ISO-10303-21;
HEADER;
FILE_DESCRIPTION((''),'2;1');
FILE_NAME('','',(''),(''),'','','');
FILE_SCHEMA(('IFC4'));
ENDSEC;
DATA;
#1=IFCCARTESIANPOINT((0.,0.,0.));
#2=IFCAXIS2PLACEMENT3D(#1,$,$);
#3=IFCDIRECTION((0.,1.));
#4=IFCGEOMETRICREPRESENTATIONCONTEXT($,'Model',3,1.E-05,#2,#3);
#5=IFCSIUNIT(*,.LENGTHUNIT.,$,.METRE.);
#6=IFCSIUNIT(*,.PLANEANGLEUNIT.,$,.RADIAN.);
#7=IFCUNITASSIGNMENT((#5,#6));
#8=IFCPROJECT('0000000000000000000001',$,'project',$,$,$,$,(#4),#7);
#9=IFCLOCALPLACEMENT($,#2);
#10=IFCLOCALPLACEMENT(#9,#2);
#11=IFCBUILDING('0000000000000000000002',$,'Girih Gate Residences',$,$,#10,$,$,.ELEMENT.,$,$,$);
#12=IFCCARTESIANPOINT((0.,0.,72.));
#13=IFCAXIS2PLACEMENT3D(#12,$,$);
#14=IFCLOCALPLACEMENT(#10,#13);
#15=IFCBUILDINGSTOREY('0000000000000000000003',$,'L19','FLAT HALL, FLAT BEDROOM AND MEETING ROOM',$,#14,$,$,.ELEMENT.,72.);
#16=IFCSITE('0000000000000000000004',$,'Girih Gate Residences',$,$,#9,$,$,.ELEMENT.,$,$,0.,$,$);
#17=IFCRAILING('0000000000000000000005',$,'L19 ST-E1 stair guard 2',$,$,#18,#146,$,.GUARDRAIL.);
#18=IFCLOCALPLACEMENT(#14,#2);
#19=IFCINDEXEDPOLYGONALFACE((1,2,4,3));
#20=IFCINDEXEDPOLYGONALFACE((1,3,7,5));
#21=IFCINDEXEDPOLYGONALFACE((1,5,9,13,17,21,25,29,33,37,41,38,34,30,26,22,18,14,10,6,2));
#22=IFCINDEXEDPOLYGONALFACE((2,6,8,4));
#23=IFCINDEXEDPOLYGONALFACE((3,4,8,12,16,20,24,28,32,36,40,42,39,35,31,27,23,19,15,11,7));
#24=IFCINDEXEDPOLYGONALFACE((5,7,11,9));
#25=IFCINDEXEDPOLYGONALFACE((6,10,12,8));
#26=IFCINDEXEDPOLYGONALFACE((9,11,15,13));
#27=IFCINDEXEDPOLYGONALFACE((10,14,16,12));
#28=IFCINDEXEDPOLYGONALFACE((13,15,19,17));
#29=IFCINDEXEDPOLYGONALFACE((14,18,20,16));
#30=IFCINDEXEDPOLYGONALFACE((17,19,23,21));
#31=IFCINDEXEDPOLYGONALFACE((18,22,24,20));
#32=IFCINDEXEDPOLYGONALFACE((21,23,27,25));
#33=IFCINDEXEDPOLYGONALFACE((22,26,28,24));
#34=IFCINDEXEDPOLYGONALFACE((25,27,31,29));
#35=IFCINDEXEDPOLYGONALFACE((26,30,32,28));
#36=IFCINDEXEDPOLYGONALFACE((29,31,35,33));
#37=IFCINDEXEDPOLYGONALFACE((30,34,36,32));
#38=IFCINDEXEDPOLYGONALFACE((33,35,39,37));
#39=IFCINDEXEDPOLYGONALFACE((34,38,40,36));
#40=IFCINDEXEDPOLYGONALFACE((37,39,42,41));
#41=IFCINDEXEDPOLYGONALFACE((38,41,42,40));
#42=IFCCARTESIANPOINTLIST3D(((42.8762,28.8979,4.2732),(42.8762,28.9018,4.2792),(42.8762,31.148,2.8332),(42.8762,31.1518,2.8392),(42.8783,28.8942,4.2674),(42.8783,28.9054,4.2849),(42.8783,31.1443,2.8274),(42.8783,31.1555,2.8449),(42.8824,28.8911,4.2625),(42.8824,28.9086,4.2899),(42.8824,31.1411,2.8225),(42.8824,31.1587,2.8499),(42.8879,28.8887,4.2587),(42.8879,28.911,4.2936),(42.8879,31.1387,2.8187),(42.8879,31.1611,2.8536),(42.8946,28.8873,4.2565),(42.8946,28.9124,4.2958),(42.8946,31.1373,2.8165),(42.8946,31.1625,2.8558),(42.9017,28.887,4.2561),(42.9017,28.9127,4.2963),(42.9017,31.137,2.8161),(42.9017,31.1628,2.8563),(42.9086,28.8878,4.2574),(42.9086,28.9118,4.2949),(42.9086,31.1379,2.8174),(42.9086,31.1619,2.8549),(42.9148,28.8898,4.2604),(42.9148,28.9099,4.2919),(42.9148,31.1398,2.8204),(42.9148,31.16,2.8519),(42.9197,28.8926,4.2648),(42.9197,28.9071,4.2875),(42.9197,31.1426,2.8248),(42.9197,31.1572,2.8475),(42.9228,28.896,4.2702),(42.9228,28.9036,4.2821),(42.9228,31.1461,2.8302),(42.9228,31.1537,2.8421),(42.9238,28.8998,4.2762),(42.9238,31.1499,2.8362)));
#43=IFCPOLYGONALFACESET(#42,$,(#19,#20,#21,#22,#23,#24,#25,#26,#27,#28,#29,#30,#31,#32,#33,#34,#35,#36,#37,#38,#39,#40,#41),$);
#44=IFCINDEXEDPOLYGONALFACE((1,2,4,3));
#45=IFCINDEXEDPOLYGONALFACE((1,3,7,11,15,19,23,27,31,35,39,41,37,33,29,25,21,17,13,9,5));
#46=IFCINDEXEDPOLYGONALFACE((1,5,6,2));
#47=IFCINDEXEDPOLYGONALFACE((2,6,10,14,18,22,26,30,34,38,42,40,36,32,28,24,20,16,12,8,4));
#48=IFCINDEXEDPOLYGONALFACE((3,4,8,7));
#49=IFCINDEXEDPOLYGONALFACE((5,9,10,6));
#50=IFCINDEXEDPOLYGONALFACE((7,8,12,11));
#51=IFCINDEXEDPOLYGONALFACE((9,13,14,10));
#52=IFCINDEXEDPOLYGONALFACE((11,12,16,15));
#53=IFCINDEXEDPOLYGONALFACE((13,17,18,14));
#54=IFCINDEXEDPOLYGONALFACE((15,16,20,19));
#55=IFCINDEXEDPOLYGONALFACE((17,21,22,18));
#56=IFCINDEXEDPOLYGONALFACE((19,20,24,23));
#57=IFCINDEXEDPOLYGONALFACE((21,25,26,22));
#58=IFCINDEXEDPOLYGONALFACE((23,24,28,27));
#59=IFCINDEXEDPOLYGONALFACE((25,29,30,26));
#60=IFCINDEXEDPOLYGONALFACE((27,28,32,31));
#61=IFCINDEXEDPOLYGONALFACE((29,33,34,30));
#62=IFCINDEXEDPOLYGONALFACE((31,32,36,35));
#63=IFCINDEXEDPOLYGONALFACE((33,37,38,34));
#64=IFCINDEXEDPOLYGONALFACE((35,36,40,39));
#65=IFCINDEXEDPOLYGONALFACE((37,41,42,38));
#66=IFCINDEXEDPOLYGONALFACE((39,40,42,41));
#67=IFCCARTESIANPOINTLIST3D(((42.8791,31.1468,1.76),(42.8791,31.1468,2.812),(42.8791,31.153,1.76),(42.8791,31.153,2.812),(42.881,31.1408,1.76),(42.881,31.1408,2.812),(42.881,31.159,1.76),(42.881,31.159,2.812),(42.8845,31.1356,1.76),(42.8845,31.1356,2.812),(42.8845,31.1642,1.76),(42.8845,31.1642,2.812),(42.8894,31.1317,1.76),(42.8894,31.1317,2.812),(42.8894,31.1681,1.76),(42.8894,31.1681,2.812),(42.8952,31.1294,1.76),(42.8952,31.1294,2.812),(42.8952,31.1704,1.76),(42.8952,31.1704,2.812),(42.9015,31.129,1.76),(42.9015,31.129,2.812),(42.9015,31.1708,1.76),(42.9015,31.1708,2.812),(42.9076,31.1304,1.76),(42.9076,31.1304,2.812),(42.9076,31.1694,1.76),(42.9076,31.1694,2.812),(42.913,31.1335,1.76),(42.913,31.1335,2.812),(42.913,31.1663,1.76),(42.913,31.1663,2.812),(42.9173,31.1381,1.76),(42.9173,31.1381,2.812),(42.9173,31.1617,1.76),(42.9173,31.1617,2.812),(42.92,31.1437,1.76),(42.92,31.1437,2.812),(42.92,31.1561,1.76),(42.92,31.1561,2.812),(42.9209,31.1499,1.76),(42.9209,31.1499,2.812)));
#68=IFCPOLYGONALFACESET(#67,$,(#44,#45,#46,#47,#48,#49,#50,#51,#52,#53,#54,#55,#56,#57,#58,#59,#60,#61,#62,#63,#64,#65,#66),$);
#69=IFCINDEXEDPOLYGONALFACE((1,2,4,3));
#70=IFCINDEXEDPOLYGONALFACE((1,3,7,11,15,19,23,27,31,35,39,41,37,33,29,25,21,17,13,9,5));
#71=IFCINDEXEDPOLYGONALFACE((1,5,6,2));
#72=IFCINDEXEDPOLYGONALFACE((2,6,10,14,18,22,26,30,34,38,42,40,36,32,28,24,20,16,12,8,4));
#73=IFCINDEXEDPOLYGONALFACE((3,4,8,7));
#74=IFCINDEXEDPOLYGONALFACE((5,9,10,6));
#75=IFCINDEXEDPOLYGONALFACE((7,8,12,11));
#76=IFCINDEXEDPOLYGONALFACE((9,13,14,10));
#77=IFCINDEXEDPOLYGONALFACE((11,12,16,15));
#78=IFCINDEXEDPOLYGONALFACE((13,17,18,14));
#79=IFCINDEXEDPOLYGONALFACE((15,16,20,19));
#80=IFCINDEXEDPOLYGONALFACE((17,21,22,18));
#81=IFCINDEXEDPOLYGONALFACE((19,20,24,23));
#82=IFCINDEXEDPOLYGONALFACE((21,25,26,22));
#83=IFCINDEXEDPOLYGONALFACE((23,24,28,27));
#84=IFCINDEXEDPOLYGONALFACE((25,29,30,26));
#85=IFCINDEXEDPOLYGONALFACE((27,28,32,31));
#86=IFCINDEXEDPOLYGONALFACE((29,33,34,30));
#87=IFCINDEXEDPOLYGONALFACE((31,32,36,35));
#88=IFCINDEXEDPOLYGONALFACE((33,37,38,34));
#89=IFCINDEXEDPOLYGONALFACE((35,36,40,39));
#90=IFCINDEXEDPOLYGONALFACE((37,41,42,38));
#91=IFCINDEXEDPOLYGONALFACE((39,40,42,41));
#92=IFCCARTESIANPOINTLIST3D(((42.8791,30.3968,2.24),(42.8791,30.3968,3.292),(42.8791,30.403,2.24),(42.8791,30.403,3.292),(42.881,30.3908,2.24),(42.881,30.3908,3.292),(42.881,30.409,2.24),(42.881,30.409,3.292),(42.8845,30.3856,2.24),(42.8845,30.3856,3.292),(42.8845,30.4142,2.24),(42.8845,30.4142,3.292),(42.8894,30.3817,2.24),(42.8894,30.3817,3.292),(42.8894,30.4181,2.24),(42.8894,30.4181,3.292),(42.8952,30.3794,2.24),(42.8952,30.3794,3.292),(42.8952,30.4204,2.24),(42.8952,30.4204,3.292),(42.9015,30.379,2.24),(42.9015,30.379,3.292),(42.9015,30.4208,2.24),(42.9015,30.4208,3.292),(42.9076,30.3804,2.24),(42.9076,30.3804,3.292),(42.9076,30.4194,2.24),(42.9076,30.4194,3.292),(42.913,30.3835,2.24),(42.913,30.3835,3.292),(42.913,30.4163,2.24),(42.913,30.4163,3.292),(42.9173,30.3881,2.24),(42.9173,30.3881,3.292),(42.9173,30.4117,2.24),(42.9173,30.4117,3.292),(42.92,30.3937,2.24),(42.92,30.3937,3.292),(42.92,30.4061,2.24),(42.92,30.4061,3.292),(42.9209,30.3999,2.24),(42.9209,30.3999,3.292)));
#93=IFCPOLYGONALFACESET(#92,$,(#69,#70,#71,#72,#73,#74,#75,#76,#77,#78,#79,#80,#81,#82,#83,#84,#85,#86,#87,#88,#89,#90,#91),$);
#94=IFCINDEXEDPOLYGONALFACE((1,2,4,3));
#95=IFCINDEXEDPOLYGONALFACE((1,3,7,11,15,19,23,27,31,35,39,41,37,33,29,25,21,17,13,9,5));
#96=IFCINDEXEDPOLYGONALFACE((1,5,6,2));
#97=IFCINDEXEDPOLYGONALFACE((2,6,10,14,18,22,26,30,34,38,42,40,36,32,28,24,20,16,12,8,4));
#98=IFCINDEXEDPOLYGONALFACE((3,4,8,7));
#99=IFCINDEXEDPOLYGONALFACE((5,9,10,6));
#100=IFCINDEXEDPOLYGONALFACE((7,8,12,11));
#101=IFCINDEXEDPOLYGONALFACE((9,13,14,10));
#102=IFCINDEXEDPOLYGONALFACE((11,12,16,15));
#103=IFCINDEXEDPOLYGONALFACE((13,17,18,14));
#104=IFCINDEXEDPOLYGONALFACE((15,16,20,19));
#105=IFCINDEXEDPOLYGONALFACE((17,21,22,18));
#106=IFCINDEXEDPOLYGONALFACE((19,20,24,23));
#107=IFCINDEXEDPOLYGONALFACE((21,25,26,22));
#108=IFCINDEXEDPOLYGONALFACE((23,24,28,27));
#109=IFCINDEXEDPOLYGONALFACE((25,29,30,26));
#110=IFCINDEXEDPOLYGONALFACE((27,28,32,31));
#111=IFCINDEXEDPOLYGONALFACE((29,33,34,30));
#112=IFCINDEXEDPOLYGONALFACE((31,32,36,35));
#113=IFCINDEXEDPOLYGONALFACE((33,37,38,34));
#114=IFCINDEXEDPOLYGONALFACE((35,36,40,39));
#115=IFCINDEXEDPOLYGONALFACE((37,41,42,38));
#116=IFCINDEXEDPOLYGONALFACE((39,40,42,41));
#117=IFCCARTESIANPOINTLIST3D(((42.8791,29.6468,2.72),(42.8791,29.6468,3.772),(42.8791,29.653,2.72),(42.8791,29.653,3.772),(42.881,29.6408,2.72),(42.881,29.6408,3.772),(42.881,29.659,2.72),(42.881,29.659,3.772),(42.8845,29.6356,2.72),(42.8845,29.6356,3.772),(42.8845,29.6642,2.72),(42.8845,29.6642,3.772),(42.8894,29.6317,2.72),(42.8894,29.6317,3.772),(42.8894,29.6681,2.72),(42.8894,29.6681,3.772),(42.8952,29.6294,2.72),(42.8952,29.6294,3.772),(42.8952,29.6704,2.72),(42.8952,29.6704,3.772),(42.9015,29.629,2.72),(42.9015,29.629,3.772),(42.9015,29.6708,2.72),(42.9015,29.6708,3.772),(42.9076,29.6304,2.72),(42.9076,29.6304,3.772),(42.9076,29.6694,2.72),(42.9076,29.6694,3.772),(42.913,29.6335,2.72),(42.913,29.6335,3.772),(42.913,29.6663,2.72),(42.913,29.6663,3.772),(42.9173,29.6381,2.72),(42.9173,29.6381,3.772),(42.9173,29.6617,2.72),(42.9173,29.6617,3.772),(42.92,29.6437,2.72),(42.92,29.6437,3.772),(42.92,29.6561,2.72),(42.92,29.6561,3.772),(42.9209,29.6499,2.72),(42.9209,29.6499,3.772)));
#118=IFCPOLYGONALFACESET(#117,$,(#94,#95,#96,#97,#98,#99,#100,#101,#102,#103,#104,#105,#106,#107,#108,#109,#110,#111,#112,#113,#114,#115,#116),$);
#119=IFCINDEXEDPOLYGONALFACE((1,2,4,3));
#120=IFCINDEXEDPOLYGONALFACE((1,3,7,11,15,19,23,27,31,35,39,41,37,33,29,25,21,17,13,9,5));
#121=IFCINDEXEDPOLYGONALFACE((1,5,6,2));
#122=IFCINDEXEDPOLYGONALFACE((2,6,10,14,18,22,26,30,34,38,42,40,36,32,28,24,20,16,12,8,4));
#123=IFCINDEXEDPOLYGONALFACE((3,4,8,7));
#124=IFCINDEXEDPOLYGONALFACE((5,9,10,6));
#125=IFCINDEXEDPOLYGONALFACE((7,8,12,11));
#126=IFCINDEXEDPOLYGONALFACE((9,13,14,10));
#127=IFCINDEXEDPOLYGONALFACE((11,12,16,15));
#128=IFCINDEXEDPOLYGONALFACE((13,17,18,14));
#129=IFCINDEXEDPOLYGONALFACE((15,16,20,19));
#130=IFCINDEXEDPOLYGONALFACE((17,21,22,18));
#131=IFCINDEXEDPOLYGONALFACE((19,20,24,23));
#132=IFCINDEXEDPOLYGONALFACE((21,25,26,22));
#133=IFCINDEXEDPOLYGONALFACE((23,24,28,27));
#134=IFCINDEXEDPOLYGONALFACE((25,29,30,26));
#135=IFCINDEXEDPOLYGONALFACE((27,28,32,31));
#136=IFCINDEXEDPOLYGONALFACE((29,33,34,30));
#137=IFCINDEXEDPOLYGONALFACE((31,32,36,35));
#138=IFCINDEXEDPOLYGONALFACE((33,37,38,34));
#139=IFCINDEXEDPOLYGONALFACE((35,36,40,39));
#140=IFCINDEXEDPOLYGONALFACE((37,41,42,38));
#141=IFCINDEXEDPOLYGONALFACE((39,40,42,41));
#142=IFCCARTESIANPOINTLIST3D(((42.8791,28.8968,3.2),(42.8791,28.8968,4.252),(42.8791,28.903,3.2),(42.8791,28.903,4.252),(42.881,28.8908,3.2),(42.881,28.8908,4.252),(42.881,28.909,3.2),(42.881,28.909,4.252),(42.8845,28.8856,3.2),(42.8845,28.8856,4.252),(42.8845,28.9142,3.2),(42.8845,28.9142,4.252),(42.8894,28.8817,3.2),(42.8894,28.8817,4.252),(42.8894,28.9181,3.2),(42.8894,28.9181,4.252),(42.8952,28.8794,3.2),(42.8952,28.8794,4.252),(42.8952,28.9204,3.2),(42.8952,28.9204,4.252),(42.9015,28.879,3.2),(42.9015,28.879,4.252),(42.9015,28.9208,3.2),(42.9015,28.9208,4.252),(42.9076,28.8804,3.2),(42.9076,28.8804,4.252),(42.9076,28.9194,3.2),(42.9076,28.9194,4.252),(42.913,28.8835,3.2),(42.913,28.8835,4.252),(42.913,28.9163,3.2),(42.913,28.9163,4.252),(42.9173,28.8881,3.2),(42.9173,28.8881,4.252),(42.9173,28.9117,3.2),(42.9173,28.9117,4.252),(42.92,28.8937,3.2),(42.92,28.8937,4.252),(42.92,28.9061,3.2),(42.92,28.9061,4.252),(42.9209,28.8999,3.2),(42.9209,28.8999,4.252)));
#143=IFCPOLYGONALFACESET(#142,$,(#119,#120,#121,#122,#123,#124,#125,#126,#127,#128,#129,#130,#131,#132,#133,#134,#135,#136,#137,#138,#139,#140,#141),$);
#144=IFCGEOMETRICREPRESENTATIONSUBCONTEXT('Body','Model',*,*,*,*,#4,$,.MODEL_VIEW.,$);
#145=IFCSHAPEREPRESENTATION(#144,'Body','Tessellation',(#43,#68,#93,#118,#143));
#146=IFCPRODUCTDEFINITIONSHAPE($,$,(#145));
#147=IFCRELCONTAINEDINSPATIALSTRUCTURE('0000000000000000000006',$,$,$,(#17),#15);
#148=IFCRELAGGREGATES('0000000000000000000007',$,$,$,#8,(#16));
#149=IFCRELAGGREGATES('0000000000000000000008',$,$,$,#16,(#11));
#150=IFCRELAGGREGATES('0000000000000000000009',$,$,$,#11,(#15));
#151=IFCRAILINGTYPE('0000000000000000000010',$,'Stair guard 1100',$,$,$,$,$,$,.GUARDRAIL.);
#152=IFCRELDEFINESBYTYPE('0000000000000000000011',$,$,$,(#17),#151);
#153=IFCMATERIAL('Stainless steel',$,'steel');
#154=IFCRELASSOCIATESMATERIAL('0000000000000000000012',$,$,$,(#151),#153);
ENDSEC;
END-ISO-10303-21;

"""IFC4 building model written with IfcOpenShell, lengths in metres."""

from ifc_helpers import new_model, si_unit, direction, frame, origin, origin_2d, place, context, subcontext, project, spatial, circle, extrude, material, type_object, element, save


model = new_model("IFC4")

# Units and contexts
model_context = context("Model", 3, precision=1e-05, world=origin(), true_north=direction((0.0, 1.0)))
body_context = subcontext(model_context, "Body", "Model", "MODEL_VIEW")
ifc_project = project(units=[si_unit("LENGTHUNIT", "METRE"), si_unit("PLANEANGLEUNIT", "RADIAN")], contexts=[model_context])

# Site, building, storey
site_placement = place(None, origin())
site = spatial("IfcSite", under=ifc_project, at=site_placement, Name="Girih Gate Residences", CompositionType="ELEMENT", RefElevation=0.0)
building_placement = place(site_placement, origin())
building = spatial("IfcBuilding", under=site, at=building_placement, Name="Girih Gate Residences", CompositionType="ELEMENT")
storey_placement = place(building_placement, frame((0.0, 0.0, 72.0)))
storey = spatial("IfcBuildingStorey", under=building, at=storey_placement, Name="L19", Description="FLAT HALL, FLAT BEDROOM AND MEETING ROOM", CompositionType="ELEMENT", Elevation=72.0)

# Railing
ifc_material_1 = material(Name="Stainless steel", Category="steel")
railing_type_1 = type_object("IfcRailingType", Name="Stair guard 1100", PredefinedType="GUARDRAIL", material=ifc_material_1)
railing_1_placement = place(storey_placement, frame((42.8999, 31.1499, 1.76)))
element("IfcRailing", 1, at=railing_1_placement, inside=storey, type_object=railing_type_1, Name="L19 ST-E1 stair guard 2", PredefinedType="GUARDRAIL", context=body_context, shape_type="SweptSolid", body=[
    extrude(circle(Radius=0.0239, at=origin_2d()), frame((0.0, 0.0, 1.0762), z_axis=(0.0, -0.842281, 0.539038), x_axis=(1.0, 0.0, 0.0)), (0.0, 0.0, 1.0), 2.6714),
    extrude(circle(Radius=0.021, at=origin_2d()), origin(), (0.0, 0.0, 1.0), 1.052),
    extrude(circle(Radius=0.021, at=origin_2d()), frame((0.0, -0.75, 0.48)), (0.0, 0.0, 1.0), 1.052),
    extrude(circle(Radius=0.021, at=origin_2d()), frame((0.0, -1.5, 0.96)), (0.0, 0.0, 1.0), 1.052),
    extrude(circle(Radius=0.021, at=origin_2d()), frame((0.0, -2.25, 1.4399)), (0.0, 0.0, 1.0), 1.052),
])

save(model, "model.ifc")
